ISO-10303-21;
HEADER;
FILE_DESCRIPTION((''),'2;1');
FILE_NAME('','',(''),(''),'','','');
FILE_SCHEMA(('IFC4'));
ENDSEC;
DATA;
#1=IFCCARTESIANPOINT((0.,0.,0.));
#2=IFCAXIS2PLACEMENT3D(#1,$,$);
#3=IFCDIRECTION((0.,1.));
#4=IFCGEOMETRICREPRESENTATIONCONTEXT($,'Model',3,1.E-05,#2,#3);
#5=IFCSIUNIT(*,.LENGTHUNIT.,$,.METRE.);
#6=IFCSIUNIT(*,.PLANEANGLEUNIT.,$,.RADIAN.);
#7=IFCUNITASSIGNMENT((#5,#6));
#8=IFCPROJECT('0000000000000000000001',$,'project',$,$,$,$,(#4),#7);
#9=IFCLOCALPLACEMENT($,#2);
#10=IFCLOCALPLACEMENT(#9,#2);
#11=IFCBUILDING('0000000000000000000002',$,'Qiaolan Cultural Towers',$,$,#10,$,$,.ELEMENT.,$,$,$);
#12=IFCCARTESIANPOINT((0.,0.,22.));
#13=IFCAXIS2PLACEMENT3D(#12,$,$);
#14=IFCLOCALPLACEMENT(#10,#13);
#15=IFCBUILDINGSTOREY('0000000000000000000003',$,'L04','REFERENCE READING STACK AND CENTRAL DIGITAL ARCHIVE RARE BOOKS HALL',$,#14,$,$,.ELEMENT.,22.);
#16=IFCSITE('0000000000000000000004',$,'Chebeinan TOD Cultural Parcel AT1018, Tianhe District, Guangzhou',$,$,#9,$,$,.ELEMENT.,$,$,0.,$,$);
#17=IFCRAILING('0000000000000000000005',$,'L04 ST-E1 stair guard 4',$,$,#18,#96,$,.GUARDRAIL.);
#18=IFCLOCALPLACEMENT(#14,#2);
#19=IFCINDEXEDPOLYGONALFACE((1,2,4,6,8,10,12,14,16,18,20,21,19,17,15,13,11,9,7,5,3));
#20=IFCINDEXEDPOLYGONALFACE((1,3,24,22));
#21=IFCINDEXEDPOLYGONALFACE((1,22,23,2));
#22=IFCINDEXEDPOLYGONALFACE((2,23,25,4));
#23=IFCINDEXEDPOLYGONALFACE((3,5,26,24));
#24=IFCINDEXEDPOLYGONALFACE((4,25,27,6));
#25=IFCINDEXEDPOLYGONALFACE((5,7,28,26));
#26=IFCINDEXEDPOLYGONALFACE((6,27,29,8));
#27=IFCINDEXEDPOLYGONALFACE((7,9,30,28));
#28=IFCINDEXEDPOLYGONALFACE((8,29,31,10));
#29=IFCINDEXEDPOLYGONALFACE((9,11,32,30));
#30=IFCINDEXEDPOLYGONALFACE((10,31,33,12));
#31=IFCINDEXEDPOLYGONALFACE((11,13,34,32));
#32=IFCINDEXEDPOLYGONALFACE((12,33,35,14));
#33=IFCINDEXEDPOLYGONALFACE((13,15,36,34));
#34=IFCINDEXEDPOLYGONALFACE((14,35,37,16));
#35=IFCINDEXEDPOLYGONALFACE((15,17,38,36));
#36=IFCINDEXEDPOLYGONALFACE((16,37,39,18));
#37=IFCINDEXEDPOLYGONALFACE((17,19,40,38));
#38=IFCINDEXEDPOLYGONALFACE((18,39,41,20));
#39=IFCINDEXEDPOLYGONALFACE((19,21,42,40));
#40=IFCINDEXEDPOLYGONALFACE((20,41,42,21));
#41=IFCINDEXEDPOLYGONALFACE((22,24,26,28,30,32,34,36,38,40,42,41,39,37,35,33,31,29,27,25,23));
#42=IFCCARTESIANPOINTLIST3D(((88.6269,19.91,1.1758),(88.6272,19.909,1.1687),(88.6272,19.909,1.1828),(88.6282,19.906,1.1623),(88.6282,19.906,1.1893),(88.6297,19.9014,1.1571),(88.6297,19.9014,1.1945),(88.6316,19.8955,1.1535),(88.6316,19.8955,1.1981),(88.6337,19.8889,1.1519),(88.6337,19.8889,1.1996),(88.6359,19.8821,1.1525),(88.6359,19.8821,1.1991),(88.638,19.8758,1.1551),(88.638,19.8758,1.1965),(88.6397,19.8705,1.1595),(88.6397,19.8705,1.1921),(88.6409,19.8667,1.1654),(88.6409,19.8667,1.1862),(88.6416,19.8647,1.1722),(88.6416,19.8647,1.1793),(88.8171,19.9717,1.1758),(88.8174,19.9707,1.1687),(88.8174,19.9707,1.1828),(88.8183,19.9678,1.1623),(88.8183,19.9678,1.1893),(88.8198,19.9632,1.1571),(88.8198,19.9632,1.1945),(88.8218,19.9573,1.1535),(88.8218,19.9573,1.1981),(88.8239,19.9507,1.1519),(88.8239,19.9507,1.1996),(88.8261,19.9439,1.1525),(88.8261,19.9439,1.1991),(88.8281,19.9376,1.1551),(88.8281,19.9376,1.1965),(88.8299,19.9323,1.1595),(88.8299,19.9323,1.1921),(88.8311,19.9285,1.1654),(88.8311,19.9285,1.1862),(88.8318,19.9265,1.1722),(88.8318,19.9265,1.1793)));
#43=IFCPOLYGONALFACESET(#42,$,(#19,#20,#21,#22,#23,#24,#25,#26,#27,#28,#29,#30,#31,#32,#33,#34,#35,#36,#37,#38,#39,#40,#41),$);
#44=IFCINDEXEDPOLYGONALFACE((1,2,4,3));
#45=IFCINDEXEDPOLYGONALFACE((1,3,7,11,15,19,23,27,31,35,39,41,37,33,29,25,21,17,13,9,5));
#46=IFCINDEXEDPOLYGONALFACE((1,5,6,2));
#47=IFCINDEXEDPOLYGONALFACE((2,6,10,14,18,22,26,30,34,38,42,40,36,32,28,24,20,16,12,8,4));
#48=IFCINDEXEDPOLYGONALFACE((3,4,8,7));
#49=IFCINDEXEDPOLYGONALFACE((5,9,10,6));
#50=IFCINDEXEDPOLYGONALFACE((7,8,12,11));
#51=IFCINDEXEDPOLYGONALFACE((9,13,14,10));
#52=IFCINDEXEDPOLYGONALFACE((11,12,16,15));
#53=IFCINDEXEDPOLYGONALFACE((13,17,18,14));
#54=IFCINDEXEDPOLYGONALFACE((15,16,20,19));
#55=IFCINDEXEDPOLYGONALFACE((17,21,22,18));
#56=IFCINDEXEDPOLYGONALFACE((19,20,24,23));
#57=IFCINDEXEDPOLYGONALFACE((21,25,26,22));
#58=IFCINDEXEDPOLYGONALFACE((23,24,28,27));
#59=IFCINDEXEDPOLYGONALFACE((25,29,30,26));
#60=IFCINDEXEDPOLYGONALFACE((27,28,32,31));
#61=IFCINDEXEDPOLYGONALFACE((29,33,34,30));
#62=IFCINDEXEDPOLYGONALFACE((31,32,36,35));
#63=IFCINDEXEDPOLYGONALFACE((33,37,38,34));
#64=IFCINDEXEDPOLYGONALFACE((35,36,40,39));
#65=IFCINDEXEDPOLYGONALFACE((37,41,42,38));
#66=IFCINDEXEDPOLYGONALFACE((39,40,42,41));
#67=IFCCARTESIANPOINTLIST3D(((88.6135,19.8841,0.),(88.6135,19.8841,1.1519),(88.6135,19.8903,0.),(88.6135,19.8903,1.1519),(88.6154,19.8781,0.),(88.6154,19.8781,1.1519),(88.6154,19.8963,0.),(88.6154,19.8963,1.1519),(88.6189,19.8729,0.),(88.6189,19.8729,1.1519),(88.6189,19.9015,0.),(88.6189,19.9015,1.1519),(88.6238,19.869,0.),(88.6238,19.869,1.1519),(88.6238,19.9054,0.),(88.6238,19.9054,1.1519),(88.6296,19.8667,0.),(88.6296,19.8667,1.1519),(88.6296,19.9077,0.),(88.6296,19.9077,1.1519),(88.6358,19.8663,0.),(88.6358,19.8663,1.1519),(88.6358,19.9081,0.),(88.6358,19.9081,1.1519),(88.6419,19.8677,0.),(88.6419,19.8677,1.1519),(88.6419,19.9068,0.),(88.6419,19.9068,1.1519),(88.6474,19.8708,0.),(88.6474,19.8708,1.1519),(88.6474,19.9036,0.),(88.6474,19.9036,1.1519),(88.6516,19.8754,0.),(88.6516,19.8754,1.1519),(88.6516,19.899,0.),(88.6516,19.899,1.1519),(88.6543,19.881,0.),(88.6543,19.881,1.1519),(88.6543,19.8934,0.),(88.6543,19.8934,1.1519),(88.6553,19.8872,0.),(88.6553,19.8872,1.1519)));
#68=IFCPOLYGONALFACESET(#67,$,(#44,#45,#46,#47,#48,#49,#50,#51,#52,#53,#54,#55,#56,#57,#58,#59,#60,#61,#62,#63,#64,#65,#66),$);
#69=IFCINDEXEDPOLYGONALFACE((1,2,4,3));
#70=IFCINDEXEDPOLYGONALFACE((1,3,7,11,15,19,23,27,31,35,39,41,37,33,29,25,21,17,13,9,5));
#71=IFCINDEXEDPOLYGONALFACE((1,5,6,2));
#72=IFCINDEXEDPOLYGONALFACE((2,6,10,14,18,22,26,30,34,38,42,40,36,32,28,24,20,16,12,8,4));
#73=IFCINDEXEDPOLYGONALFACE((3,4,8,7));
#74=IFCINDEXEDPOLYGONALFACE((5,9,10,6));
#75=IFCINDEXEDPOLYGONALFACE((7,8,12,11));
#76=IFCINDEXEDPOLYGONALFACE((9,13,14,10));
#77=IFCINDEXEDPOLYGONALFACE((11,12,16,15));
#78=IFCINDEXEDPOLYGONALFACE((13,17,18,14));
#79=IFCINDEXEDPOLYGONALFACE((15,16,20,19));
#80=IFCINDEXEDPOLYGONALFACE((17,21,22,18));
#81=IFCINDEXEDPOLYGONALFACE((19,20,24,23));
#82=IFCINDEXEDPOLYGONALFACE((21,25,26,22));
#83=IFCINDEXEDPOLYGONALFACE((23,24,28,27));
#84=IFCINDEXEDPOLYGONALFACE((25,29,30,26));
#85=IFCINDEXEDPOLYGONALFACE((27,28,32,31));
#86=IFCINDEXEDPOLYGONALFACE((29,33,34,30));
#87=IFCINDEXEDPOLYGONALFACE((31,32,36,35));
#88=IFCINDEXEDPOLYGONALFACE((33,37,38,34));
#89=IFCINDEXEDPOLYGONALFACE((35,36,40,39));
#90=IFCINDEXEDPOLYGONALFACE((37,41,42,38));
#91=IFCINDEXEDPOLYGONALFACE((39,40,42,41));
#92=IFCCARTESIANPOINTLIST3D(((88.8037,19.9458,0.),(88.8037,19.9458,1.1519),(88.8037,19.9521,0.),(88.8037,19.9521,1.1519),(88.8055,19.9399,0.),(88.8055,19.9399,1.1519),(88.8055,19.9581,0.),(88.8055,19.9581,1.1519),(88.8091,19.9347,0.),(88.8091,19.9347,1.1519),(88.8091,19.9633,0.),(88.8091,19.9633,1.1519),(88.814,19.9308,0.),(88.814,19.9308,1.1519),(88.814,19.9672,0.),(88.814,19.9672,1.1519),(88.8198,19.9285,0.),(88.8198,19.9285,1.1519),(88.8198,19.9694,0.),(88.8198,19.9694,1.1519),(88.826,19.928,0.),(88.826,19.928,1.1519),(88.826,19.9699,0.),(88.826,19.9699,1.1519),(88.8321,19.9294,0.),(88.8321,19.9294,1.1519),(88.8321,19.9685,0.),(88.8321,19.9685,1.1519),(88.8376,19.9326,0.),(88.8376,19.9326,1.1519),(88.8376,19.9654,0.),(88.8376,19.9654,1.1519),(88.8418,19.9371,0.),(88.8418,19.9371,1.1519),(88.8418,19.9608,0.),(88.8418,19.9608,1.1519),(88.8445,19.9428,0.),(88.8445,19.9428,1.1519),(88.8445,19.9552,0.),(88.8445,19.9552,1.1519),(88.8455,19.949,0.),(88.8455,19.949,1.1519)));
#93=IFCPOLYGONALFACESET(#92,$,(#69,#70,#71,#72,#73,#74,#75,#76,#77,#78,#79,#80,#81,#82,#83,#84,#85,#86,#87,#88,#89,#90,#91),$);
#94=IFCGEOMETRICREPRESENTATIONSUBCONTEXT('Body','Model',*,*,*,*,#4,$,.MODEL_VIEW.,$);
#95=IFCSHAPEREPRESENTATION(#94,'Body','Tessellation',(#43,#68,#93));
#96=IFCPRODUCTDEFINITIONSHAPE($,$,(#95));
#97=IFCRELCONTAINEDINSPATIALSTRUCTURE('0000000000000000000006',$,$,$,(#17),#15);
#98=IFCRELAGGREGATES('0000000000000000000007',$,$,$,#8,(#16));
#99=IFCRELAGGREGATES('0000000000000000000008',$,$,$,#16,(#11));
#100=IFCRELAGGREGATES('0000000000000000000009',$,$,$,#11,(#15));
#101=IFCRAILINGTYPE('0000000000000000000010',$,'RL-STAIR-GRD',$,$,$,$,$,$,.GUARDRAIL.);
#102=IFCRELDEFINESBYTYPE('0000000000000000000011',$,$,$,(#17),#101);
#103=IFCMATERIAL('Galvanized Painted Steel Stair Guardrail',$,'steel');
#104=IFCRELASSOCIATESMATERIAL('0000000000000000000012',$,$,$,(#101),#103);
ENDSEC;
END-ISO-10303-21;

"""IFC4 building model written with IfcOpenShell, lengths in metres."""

from ifc_helpers import new_model, si_unit, direction, frame, origin, origin_2d, place, context, subcontext, project, spatial, circle, extrude, material, type_object, element, save


model = new_model("IFC4")

# Units and contexts
model_context = context("Model", 3, precision=1e-05, world=origin(), true_north=direction((0.0, 1.0)))
body_context = subcontext(model_context, "Body", "Model", "MODEL_VIEW")
ifc_project = project(units=[si_unit("LENGTHUNIT", "METRE"), si_unit("PLANEANGLEUNIT", "RADIAN")], contexts=[model_context])

# Site, building, storey
site_placement = place(None, origin())
site = spatial("IfcSite", under=ifc_project, at=site_placement, Name="Chebeinan TOD Cultural Parcel AT1018, Tianhe District, Guangzhou", CompositionType="ELEMENT", RefElevation=0.0)
building_placement = place(site_placement, origin())
building = spatial("IfcBuilding", under=site, at=building_placement, Name="Qiaolan Cultural Towers", CompositionType="ELEMENT")
storey_placement = place(building_placement, frame((0.0, 0.0, 22.0)))
storey = spatial("IfcBuildingStorey", under=building, at=storey_placement, Name="L04", Description="REFERENCE READING STACK AND CENTRAL DIGITAL ARCHIVE RARE BOOKS HALL", CompositionType="ELEMENT", Elevation=22.0)

# Railing
ifc_material_1 = material(Name="Galvanized Painted Steel Stair Guardrail", Category="steel")
railing_type_1 = type_object("IfcRailingType", Name="RL-STAIR-GRD", PredefinedType="GUARDRAIL", material=ifc_material_1)
railing_1_placement = place(storey_placement, frame((88.6343, 19.8872, 0.0)))
element("IfcRailing", 1, at=railing_1_placement, inside=storey, type_object=railing_type_1, Name="L04 ST-E1 stair guard 4", PredefinedType="GUARDRAIL", context=body_context, shape_type="SweptSolid", body=[
    extrude(circle(Radius=0.0239, at=origin_2d()), frame((0.0, 0.0, 1.1758), z_axis=(0.951097, 0.308893, 0.0), x_axis=(-0.308893, 0.951097, 0.0)), (0.0, 0.0, 1.0), 0.2),
    extrude(circle(Radius=0.021, at=origin_2d()), origin(), (0.0, 0.0, 1.0), 1.1519),
    extrude(circle(Radius=0.021, at=origin_2d()), frame((0.1902, 0.0618, 0.0)), (0.0, 0.0, 1.0), 1.1519),
])

save(model, "model.ifc")
